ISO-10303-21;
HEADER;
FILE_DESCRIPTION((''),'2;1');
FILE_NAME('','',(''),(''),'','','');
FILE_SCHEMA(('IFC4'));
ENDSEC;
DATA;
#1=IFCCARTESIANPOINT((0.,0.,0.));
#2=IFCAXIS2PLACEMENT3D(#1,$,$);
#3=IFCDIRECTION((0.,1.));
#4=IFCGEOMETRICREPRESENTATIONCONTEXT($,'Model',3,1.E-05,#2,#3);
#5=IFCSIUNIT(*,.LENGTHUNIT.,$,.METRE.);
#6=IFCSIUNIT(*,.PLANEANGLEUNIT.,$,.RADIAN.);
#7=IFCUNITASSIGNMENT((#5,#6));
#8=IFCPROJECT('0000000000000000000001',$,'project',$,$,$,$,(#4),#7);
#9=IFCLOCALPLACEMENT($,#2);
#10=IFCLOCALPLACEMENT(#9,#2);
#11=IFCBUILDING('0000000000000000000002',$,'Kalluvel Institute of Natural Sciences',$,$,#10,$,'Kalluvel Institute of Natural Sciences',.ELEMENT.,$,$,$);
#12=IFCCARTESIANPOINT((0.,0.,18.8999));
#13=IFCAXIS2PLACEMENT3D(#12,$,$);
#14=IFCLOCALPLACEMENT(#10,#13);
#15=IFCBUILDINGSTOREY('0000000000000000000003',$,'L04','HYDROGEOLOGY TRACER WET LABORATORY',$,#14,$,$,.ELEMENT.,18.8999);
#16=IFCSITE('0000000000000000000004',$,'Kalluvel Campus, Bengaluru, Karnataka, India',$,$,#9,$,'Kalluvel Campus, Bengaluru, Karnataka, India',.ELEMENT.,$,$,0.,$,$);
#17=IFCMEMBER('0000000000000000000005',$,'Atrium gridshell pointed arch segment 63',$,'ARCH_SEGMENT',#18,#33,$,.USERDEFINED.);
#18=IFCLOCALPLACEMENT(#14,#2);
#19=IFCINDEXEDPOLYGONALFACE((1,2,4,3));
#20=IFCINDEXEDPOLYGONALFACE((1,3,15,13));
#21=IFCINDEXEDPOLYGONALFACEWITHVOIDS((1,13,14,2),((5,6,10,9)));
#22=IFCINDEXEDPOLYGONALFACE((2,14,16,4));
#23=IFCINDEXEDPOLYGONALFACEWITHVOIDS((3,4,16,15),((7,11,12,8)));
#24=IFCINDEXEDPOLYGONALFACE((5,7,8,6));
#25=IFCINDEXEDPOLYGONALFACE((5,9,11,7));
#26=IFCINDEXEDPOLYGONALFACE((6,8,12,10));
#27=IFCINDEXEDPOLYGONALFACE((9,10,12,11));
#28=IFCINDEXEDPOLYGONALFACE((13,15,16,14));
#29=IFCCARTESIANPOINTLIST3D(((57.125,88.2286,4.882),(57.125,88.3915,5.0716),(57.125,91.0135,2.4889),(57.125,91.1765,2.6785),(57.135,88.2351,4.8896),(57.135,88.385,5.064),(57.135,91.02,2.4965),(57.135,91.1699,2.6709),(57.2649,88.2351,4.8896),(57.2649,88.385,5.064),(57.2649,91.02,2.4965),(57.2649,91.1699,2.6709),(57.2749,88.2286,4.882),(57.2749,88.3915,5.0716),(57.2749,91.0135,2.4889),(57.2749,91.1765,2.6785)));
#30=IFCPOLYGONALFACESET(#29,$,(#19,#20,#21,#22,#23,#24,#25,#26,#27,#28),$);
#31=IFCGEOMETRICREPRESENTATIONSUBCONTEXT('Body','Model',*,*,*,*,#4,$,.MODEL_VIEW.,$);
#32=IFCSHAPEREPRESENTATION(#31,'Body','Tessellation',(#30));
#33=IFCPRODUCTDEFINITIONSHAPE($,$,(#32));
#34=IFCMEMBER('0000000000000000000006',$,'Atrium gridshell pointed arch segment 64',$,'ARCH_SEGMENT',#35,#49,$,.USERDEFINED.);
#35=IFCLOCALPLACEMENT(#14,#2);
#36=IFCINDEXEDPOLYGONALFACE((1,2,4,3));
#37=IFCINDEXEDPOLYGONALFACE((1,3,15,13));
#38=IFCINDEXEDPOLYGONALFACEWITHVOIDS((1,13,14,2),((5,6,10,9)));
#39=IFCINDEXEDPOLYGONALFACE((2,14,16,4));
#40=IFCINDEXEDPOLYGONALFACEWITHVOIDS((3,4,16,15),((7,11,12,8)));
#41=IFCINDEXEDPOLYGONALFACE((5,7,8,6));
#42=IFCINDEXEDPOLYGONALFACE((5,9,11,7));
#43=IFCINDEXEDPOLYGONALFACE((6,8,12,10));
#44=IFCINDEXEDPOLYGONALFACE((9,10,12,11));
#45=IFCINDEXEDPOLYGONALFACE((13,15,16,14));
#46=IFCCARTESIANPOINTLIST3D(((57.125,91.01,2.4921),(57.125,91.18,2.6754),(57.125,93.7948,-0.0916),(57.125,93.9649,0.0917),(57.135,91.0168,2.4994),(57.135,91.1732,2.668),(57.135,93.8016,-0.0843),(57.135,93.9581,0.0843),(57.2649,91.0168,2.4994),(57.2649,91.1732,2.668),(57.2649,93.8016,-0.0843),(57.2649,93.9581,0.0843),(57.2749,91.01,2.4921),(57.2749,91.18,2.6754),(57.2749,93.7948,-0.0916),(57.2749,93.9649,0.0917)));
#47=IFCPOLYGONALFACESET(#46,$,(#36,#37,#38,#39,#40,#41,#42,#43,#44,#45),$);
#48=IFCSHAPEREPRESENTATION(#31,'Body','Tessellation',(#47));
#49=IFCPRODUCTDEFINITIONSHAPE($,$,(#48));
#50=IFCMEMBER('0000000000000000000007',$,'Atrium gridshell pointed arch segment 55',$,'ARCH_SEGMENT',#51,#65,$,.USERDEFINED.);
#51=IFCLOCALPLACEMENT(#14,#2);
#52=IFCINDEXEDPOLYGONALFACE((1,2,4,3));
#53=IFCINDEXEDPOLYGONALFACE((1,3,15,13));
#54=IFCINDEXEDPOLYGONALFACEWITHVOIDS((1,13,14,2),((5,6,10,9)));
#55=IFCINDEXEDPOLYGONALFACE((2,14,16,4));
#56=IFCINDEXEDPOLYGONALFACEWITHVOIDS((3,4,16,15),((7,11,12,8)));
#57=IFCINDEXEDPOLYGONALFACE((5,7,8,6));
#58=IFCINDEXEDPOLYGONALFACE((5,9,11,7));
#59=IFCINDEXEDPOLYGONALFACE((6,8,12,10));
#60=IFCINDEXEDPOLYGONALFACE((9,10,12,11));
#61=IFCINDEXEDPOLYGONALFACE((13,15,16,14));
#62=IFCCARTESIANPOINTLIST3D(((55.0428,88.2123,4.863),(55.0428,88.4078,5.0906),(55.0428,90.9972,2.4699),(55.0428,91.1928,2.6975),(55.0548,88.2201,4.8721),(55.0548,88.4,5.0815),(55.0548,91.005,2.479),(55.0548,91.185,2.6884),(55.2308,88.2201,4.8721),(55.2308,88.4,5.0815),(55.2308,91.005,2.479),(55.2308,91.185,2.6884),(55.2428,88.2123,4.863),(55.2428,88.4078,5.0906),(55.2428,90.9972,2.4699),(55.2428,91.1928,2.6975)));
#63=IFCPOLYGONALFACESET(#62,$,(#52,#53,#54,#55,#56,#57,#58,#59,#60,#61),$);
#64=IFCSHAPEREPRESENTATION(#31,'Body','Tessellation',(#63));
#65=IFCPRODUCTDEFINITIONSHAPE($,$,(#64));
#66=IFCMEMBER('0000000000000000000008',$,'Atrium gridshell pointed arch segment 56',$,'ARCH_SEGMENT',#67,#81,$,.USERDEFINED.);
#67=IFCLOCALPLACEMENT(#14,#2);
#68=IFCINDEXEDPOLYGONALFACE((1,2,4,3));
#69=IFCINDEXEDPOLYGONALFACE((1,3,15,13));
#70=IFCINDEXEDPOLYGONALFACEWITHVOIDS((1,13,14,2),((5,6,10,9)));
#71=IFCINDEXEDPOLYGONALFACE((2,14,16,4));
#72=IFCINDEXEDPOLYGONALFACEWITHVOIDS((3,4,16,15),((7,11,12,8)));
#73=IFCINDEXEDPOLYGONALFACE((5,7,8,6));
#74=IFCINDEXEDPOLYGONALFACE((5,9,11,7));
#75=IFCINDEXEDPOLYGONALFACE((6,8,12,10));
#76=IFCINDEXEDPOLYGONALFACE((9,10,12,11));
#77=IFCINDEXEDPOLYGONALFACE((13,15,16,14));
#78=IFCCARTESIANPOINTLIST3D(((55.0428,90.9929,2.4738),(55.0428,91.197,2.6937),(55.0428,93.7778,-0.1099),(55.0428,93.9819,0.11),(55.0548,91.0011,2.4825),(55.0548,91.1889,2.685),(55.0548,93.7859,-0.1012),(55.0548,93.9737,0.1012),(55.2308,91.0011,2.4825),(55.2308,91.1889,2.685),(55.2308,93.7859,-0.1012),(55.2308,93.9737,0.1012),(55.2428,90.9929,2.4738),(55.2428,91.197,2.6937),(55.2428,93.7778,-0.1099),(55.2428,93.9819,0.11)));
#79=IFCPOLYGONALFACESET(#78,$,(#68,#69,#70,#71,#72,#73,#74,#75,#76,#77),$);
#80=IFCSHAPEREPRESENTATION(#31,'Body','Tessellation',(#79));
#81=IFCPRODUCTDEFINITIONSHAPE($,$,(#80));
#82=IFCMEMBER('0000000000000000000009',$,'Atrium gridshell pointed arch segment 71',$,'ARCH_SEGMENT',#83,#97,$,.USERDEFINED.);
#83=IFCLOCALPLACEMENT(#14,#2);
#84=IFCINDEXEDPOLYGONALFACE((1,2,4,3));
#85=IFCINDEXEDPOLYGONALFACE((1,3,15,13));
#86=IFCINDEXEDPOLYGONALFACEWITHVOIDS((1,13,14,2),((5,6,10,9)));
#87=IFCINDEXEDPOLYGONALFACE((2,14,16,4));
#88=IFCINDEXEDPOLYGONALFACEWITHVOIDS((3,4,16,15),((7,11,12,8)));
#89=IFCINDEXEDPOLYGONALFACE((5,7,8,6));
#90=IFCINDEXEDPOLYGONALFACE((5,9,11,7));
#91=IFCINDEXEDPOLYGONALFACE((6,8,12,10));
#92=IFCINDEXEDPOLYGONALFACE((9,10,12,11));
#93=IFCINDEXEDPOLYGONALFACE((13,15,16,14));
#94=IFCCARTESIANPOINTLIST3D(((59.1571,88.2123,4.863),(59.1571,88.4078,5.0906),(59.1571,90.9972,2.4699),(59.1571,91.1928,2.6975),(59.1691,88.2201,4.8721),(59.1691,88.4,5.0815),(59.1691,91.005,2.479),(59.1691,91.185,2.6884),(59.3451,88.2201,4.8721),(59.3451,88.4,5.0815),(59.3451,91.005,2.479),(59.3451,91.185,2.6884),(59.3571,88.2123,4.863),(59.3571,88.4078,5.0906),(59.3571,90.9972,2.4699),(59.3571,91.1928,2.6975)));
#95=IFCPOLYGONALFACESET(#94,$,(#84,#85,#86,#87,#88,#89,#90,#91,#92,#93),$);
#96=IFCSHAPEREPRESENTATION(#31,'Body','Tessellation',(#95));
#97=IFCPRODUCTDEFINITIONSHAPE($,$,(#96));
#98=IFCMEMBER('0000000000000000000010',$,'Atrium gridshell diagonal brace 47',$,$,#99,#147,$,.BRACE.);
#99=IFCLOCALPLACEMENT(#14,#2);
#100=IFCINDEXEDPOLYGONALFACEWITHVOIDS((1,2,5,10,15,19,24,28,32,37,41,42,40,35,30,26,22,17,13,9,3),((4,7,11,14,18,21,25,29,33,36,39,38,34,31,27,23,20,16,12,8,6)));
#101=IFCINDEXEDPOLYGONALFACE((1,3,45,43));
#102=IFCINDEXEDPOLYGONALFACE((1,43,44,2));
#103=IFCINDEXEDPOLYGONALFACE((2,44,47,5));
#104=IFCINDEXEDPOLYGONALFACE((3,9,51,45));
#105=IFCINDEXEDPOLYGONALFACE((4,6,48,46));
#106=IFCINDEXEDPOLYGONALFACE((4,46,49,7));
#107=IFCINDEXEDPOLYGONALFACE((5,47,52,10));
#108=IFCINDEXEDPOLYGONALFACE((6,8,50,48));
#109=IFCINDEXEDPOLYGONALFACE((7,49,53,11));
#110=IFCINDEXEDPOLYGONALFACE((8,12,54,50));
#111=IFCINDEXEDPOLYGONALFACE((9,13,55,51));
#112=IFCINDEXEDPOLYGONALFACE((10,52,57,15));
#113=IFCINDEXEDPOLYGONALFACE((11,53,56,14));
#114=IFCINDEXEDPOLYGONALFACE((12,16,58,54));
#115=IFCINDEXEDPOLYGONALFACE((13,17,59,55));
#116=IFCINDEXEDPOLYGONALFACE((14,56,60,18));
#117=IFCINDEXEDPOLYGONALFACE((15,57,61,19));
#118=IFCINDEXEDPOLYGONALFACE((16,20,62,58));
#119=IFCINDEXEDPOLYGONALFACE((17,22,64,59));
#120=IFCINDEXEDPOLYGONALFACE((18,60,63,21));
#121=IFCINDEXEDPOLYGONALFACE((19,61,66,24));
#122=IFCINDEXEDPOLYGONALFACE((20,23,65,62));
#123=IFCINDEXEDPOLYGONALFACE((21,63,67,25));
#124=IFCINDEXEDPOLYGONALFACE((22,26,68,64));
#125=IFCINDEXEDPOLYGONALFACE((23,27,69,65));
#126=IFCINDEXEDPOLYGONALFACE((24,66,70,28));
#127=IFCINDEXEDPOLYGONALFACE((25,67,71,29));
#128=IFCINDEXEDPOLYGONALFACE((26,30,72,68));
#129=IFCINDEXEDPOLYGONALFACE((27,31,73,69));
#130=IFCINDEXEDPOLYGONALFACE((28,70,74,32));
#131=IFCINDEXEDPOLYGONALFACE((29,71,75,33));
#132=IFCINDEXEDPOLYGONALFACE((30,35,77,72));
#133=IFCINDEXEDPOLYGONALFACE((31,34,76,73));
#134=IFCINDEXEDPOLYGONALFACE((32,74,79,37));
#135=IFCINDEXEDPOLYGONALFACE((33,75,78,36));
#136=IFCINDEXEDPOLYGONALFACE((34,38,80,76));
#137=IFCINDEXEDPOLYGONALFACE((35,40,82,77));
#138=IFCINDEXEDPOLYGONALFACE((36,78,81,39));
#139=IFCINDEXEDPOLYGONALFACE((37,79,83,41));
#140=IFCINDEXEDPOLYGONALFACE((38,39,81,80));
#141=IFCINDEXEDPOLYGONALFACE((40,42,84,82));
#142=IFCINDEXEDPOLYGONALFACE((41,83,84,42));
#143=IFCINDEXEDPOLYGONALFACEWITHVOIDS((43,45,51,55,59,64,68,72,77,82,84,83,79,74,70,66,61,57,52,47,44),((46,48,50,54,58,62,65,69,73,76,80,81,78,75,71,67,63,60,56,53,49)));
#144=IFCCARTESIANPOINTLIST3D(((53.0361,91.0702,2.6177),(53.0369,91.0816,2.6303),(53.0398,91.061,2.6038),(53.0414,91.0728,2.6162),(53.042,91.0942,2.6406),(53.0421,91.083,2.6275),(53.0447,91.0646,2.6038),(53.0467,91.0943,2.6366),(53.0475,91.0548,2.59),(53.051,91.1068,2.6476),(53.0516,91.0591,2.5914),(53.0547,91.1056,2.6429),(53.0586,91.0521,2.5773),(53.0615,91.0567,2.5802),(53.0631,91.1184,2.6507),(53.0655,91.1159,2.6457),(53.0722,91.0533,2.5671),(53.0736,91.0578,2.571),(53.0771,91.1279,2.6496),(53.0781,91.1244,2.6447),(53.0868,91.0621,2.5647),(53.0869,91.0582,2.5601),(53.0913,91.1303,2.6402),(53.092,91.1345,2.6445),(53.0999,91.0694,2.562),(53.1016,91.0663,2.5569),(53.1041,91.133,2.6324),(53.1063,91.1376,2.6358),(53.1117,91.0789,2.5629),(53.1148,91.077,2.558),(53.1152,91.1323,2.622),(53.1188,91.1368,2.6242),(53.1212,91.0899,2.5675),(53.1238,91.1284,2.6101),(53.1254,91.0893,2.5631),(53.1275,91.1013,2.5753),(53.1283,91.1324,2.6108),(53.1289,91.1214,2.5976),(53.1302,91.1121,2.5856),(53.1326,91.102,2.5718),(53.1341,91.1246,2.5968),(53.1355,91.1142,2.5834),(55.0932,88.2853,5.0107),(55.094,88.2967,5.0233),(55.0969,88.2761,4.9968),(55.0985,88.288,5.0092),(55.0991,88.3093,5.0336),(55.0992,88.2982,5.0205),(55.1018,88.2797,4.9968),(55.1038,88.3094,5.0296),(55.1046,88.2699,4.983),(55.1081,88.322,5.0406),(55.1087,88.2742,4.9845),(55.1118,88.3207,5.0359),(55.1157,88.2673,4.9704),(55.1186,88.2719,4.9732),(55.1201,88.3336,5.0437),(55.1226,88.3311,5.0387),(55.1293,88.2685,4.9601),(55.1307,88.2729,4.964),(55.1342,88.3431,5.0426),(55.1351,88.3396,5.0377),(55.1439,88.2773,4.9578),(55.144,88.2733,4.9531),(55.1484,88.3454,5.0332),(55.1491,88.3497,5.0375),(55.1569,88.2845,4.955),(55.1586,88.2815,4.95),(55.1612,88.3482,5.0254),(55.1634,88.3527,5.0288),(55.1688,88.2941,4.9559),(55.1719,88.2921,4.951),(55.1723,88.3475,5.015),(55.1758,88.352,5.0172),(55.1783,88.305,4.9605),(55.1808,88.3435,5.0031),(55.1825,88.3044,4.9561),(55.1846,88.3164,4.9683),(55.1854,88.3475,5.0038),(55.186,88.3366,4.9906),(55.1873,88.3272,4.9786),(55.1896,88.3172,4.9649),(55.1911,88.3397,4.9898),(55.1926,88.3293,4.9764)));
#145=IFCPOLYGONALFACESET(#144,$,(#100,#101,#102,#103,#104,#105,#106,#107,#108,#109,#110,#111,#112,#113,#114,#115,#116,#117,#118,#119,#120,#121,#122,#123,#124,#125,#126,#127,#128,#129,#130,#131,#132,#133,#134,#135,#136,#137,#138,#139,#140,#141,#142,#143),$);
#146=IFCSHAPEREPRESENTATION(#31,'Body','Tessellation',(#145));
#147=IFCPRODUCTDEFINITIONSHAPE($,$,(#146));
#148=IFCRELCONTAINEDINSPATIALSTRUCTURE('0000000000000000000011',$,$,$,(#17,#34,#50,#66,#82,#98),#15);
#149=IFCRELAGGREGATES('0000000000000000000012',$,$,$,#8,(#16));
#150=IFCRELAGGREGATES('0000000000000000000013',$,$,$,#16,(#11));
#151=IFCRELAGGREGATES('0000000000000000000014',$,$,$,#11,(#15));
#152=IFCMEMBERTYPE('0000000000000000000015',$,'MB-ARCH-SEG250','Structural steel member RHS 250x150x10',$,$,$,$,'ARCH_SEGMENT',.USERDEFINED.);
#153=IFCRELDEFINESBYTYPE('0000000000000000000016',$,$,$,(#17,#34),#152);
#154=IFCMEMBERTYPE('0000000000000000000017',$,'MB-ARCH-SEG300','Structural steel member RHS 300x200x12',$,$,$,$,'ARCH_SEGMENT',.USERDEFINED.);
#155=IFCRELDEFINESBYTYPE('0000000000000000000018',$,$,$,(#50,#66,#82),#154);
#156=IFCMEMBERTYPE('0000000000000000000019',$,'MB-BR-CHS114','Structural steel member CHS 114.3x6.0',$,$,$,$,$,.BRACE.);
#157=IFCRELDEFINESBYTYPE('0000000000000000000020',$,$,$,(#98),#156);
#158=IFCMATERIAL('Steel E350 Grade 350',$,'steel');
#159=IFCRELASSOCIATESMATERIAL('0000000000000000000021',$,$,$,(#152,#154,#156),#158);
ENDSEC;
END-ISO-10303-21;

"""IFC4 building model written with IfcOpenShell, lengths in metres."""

from ifc_helpers import new_model, si_unit, direction, frame, origin, origin_2d, place, context, subcontext, project, spatial, hollow_rectangle, hollow_circle, extrude, material, material_profile, profile_set, type_object, element, save


model = new_model("IFC4")

# Units and contexts
model_context = context("Model", 3, precision=1e-05, world=origin(), true_north=direction((0.0, 1.0)))
body_context = subcontext(model_context, "Body", "Model", "MODEL_VIEW")
ifc_project = project(units=[si_unit("LENGTHUNIT", "METRE"), si_unit("PLANEANGLEUNIT", "RADIAN")], contexts=[model_context])

# Site, building, storey
site_placement = place(None, origin())
site = spatial("IfcSite", under=ifc_project, at=site_placement, Name="Kalluvel Campus, Bengaluru, Karnataka, India", LongName="Kalluvel Campus, Bengaluru, Karnataka, India", CompositionType="ELEMENT", RefElevation=0.0)
building_placement = place(site_placement, origin())
building = spatial("IfcBuilding", under=site, at=building_placement, Name="Kalluvel Institute of Natural Sciences", LongName="Kalluvel Institute of Natural Sciences", CompositionType="ELEMENT")
storey_placement = place(building_placement, frame((0.0, 0.0, 18.8999)))
storey = spatial("IfcBuildingStorey", under=building, at=storey_placement, Name="L04", Description="HYDROGEOLOGY TRACER WET LABORATORY", CompositionType="ELEMENT", Elevation=18.8999)

# Members
ifc_material_1 = material(Name="Steel E350 Grade 350", Category="steel")
ifc_material_profile_1 = material_profile(ifc_material_1, hollow_rectangle(XDim=0.1499, YDim=0.25, WallThickness=0.01, at=origin_2d()), Name="RHS 250x150x10")
ifc_profile_set_1 = profile_set([ifc_material_profile_1], Name="Steel E350 Grade 350")
member_type_1 = type_object("IfcMemberType", Name="MB-ARCH-SEG250", Description="Structural steel member RHS 250x150x10", ElementType="ARCH_SEGMENT", PredefinedType="USERDEFINED", material=ifc_profile_set_1)
member_1_placement = place(storey_placement, frame((57.2, 88.3101, 4.9768), z_axis=(0.0, 0.758449, -0.651733), x_axis=(-1.0, 0.0, 0.0)))
element("IfcMember", 1, at=member_1_placement, inside=storey, type_object=member_type_1, Name="Atrium gridshell pointed arch segment 63", ObjectType="ARCH_SEGMENT", PredefinedType="USERDEFINED", context=body_context, shape_type="SweptSolid", body=[
    extrude(hollow_rectangle(XDim=0.1499, YDim=0.25, WallThickness=0.01, at=origin_2d()), origin(), (0.0, 0.0, 1.0), 3.6719),
])
member_2_placement = place(storey_placement, frame((57.2, 91.095, 2.5837), z_axis=(0.0, 0.733089, -0.680133), x_axis=(-1.0, 0.0, 0.0)))
element("IfcMember", 2, at=member_2_placement, inside=storey, type_object=member_type_1, Name="Atrium gridshell pointed arch segment 64", ObjectType="ARCH_SEGMENT", PredefinedType="USERDEFINED", context=body_context, shape_type="SweptSolid", body=[
    extrude(hollow_rectangle(XDim=0.1499, YDim=0.25, WallThickness=0.01, at=origin_2d()), origin(), (0.0, 0.0, 1.0), 3.7988),
])
ifc_material_profile_2 = material_profile(ifc_material_1, hollow_rectangle(XDim=0.2, YDim=0.3, WallThickness=0.012, at=origin_2d()), Name="RHS 300x200x12")
ifc_profile_set_2 = profile_set([ifc_material_profile_2], Name="Steel E350 Grade 350")
member_type_2 = type_object("IfcMemberType", Name="MB-ARCH-SEG300", Description="Structural steel member RHS 300x200x12", ElementType="ARCH_SEGMENT", PredefinedType="USERDEFINED", material=ifc_profile_set_2)
member_3_placement = place(storey_placement, frame((55.1428, 88.3101, 4.9768), z_axis=(0.0, 0.758449, -0.651733), x_axis=(-1.0, 0.0, 0.0)))
element("IfcMember", 3, at=member_3_placement, inside=storey, type_object=member_type_2, Name="Atrium gridshell pointed arch segment 55", ObjectType="ARCH_SEGMENT", PredefinedType="USERDEFINED", context=body_context, shape_type="SweptSolid", body=[
    extrude(hollow_rectangle(XDim=0.2, YDim=0.3, WallThickness=0.012, at=origin_2d()), origin(), (0.0, 0.0, 1.0), 3.6719),
])
member_4_placement = place(storey_placement, frame((55.1428, 91.095, 2.5837), z_axis=(0.0, 0.733089, -0.680133), x_axis=(-1.0, 0.0, 0.0)))
element("IfcMember", 4, at=member_4_placement, inside=storey, type_object=member_type_2, Name="Atrium gridshell pointed arch segment 56", ObjectType="ARCH_SEGMENT", PredefinedType="USERDEFINED", context=body_context, shape_type="SweptSolid", body=[
    extrude(hollow_rectangle(XDim=0.2, YDim=0.3, WallThickness=0.012, at=origin_2d()), origin(), (0.0, 0.0, 1.0), 3.7988),
])
member_5_placement = place(storey_placement, frame((59.2571, 88.3101, 4.9768), z_axis=(0.0, 0.758449, -0.651733), x_axis=(-1.0, 0.0, 0.0)))
element("IfcMember", 5, at=member_5_placement, inside=storey, type_object=member_type_2, Name="Atrium gridshell pointed arch segment 71", ObjectType="ARCH_SEGMENT", PredefinedType="USERDEFINED", context=body_context, shape_type="SweptSolid", body=[
    extrude(hollow_rectangle(XDim=0.2, YDim=0.3, WallThickness=0.012, at=origin_2d()), origin(), (0.0, 0.0, 1.0), 3.6719),
])
ifc_material_profile_3 = material_profile(ifc_material_1, hollow_circle(Radius=0.0571, WallThickness=0.0061, at=origin_2d()), Name="CHS 114.3x6.0")
ifc_profile_set_3 = profile_set([ifc_material_profile_3], Name="Steel E350 Grade 350")
member_type_3 = type_object("IfcMemberType", Name="MB-BR-CHS114", Description="Structural steel member CHS 114.3x6.0", PredefinedType="BRACE", material=ifc_profile_set_3)
member_6_placement = place(storey_placement, frame((55.1428, 88.3101, 4.9968), z_axis=(-0.488765, 0.661683, -0.568582), x_axis=(-0.804353, -0.594151, 0.0)))
element("IfcMember", 6, at=member_6_placement, inside=storey, type_object=member_type_3, Name="Atrium gridshell diagonal brace 47", PredefinedType="BRACE", context=body_context, shape_type="SweptSolid", body=[
    extrude(hollow_circle(Radius=0.0571, WallThickness=0.0061, at=origin_2d()), origin(), (0.0, 0.0, 1.0), 4.2087),
])

save(model, "model.ifc")
